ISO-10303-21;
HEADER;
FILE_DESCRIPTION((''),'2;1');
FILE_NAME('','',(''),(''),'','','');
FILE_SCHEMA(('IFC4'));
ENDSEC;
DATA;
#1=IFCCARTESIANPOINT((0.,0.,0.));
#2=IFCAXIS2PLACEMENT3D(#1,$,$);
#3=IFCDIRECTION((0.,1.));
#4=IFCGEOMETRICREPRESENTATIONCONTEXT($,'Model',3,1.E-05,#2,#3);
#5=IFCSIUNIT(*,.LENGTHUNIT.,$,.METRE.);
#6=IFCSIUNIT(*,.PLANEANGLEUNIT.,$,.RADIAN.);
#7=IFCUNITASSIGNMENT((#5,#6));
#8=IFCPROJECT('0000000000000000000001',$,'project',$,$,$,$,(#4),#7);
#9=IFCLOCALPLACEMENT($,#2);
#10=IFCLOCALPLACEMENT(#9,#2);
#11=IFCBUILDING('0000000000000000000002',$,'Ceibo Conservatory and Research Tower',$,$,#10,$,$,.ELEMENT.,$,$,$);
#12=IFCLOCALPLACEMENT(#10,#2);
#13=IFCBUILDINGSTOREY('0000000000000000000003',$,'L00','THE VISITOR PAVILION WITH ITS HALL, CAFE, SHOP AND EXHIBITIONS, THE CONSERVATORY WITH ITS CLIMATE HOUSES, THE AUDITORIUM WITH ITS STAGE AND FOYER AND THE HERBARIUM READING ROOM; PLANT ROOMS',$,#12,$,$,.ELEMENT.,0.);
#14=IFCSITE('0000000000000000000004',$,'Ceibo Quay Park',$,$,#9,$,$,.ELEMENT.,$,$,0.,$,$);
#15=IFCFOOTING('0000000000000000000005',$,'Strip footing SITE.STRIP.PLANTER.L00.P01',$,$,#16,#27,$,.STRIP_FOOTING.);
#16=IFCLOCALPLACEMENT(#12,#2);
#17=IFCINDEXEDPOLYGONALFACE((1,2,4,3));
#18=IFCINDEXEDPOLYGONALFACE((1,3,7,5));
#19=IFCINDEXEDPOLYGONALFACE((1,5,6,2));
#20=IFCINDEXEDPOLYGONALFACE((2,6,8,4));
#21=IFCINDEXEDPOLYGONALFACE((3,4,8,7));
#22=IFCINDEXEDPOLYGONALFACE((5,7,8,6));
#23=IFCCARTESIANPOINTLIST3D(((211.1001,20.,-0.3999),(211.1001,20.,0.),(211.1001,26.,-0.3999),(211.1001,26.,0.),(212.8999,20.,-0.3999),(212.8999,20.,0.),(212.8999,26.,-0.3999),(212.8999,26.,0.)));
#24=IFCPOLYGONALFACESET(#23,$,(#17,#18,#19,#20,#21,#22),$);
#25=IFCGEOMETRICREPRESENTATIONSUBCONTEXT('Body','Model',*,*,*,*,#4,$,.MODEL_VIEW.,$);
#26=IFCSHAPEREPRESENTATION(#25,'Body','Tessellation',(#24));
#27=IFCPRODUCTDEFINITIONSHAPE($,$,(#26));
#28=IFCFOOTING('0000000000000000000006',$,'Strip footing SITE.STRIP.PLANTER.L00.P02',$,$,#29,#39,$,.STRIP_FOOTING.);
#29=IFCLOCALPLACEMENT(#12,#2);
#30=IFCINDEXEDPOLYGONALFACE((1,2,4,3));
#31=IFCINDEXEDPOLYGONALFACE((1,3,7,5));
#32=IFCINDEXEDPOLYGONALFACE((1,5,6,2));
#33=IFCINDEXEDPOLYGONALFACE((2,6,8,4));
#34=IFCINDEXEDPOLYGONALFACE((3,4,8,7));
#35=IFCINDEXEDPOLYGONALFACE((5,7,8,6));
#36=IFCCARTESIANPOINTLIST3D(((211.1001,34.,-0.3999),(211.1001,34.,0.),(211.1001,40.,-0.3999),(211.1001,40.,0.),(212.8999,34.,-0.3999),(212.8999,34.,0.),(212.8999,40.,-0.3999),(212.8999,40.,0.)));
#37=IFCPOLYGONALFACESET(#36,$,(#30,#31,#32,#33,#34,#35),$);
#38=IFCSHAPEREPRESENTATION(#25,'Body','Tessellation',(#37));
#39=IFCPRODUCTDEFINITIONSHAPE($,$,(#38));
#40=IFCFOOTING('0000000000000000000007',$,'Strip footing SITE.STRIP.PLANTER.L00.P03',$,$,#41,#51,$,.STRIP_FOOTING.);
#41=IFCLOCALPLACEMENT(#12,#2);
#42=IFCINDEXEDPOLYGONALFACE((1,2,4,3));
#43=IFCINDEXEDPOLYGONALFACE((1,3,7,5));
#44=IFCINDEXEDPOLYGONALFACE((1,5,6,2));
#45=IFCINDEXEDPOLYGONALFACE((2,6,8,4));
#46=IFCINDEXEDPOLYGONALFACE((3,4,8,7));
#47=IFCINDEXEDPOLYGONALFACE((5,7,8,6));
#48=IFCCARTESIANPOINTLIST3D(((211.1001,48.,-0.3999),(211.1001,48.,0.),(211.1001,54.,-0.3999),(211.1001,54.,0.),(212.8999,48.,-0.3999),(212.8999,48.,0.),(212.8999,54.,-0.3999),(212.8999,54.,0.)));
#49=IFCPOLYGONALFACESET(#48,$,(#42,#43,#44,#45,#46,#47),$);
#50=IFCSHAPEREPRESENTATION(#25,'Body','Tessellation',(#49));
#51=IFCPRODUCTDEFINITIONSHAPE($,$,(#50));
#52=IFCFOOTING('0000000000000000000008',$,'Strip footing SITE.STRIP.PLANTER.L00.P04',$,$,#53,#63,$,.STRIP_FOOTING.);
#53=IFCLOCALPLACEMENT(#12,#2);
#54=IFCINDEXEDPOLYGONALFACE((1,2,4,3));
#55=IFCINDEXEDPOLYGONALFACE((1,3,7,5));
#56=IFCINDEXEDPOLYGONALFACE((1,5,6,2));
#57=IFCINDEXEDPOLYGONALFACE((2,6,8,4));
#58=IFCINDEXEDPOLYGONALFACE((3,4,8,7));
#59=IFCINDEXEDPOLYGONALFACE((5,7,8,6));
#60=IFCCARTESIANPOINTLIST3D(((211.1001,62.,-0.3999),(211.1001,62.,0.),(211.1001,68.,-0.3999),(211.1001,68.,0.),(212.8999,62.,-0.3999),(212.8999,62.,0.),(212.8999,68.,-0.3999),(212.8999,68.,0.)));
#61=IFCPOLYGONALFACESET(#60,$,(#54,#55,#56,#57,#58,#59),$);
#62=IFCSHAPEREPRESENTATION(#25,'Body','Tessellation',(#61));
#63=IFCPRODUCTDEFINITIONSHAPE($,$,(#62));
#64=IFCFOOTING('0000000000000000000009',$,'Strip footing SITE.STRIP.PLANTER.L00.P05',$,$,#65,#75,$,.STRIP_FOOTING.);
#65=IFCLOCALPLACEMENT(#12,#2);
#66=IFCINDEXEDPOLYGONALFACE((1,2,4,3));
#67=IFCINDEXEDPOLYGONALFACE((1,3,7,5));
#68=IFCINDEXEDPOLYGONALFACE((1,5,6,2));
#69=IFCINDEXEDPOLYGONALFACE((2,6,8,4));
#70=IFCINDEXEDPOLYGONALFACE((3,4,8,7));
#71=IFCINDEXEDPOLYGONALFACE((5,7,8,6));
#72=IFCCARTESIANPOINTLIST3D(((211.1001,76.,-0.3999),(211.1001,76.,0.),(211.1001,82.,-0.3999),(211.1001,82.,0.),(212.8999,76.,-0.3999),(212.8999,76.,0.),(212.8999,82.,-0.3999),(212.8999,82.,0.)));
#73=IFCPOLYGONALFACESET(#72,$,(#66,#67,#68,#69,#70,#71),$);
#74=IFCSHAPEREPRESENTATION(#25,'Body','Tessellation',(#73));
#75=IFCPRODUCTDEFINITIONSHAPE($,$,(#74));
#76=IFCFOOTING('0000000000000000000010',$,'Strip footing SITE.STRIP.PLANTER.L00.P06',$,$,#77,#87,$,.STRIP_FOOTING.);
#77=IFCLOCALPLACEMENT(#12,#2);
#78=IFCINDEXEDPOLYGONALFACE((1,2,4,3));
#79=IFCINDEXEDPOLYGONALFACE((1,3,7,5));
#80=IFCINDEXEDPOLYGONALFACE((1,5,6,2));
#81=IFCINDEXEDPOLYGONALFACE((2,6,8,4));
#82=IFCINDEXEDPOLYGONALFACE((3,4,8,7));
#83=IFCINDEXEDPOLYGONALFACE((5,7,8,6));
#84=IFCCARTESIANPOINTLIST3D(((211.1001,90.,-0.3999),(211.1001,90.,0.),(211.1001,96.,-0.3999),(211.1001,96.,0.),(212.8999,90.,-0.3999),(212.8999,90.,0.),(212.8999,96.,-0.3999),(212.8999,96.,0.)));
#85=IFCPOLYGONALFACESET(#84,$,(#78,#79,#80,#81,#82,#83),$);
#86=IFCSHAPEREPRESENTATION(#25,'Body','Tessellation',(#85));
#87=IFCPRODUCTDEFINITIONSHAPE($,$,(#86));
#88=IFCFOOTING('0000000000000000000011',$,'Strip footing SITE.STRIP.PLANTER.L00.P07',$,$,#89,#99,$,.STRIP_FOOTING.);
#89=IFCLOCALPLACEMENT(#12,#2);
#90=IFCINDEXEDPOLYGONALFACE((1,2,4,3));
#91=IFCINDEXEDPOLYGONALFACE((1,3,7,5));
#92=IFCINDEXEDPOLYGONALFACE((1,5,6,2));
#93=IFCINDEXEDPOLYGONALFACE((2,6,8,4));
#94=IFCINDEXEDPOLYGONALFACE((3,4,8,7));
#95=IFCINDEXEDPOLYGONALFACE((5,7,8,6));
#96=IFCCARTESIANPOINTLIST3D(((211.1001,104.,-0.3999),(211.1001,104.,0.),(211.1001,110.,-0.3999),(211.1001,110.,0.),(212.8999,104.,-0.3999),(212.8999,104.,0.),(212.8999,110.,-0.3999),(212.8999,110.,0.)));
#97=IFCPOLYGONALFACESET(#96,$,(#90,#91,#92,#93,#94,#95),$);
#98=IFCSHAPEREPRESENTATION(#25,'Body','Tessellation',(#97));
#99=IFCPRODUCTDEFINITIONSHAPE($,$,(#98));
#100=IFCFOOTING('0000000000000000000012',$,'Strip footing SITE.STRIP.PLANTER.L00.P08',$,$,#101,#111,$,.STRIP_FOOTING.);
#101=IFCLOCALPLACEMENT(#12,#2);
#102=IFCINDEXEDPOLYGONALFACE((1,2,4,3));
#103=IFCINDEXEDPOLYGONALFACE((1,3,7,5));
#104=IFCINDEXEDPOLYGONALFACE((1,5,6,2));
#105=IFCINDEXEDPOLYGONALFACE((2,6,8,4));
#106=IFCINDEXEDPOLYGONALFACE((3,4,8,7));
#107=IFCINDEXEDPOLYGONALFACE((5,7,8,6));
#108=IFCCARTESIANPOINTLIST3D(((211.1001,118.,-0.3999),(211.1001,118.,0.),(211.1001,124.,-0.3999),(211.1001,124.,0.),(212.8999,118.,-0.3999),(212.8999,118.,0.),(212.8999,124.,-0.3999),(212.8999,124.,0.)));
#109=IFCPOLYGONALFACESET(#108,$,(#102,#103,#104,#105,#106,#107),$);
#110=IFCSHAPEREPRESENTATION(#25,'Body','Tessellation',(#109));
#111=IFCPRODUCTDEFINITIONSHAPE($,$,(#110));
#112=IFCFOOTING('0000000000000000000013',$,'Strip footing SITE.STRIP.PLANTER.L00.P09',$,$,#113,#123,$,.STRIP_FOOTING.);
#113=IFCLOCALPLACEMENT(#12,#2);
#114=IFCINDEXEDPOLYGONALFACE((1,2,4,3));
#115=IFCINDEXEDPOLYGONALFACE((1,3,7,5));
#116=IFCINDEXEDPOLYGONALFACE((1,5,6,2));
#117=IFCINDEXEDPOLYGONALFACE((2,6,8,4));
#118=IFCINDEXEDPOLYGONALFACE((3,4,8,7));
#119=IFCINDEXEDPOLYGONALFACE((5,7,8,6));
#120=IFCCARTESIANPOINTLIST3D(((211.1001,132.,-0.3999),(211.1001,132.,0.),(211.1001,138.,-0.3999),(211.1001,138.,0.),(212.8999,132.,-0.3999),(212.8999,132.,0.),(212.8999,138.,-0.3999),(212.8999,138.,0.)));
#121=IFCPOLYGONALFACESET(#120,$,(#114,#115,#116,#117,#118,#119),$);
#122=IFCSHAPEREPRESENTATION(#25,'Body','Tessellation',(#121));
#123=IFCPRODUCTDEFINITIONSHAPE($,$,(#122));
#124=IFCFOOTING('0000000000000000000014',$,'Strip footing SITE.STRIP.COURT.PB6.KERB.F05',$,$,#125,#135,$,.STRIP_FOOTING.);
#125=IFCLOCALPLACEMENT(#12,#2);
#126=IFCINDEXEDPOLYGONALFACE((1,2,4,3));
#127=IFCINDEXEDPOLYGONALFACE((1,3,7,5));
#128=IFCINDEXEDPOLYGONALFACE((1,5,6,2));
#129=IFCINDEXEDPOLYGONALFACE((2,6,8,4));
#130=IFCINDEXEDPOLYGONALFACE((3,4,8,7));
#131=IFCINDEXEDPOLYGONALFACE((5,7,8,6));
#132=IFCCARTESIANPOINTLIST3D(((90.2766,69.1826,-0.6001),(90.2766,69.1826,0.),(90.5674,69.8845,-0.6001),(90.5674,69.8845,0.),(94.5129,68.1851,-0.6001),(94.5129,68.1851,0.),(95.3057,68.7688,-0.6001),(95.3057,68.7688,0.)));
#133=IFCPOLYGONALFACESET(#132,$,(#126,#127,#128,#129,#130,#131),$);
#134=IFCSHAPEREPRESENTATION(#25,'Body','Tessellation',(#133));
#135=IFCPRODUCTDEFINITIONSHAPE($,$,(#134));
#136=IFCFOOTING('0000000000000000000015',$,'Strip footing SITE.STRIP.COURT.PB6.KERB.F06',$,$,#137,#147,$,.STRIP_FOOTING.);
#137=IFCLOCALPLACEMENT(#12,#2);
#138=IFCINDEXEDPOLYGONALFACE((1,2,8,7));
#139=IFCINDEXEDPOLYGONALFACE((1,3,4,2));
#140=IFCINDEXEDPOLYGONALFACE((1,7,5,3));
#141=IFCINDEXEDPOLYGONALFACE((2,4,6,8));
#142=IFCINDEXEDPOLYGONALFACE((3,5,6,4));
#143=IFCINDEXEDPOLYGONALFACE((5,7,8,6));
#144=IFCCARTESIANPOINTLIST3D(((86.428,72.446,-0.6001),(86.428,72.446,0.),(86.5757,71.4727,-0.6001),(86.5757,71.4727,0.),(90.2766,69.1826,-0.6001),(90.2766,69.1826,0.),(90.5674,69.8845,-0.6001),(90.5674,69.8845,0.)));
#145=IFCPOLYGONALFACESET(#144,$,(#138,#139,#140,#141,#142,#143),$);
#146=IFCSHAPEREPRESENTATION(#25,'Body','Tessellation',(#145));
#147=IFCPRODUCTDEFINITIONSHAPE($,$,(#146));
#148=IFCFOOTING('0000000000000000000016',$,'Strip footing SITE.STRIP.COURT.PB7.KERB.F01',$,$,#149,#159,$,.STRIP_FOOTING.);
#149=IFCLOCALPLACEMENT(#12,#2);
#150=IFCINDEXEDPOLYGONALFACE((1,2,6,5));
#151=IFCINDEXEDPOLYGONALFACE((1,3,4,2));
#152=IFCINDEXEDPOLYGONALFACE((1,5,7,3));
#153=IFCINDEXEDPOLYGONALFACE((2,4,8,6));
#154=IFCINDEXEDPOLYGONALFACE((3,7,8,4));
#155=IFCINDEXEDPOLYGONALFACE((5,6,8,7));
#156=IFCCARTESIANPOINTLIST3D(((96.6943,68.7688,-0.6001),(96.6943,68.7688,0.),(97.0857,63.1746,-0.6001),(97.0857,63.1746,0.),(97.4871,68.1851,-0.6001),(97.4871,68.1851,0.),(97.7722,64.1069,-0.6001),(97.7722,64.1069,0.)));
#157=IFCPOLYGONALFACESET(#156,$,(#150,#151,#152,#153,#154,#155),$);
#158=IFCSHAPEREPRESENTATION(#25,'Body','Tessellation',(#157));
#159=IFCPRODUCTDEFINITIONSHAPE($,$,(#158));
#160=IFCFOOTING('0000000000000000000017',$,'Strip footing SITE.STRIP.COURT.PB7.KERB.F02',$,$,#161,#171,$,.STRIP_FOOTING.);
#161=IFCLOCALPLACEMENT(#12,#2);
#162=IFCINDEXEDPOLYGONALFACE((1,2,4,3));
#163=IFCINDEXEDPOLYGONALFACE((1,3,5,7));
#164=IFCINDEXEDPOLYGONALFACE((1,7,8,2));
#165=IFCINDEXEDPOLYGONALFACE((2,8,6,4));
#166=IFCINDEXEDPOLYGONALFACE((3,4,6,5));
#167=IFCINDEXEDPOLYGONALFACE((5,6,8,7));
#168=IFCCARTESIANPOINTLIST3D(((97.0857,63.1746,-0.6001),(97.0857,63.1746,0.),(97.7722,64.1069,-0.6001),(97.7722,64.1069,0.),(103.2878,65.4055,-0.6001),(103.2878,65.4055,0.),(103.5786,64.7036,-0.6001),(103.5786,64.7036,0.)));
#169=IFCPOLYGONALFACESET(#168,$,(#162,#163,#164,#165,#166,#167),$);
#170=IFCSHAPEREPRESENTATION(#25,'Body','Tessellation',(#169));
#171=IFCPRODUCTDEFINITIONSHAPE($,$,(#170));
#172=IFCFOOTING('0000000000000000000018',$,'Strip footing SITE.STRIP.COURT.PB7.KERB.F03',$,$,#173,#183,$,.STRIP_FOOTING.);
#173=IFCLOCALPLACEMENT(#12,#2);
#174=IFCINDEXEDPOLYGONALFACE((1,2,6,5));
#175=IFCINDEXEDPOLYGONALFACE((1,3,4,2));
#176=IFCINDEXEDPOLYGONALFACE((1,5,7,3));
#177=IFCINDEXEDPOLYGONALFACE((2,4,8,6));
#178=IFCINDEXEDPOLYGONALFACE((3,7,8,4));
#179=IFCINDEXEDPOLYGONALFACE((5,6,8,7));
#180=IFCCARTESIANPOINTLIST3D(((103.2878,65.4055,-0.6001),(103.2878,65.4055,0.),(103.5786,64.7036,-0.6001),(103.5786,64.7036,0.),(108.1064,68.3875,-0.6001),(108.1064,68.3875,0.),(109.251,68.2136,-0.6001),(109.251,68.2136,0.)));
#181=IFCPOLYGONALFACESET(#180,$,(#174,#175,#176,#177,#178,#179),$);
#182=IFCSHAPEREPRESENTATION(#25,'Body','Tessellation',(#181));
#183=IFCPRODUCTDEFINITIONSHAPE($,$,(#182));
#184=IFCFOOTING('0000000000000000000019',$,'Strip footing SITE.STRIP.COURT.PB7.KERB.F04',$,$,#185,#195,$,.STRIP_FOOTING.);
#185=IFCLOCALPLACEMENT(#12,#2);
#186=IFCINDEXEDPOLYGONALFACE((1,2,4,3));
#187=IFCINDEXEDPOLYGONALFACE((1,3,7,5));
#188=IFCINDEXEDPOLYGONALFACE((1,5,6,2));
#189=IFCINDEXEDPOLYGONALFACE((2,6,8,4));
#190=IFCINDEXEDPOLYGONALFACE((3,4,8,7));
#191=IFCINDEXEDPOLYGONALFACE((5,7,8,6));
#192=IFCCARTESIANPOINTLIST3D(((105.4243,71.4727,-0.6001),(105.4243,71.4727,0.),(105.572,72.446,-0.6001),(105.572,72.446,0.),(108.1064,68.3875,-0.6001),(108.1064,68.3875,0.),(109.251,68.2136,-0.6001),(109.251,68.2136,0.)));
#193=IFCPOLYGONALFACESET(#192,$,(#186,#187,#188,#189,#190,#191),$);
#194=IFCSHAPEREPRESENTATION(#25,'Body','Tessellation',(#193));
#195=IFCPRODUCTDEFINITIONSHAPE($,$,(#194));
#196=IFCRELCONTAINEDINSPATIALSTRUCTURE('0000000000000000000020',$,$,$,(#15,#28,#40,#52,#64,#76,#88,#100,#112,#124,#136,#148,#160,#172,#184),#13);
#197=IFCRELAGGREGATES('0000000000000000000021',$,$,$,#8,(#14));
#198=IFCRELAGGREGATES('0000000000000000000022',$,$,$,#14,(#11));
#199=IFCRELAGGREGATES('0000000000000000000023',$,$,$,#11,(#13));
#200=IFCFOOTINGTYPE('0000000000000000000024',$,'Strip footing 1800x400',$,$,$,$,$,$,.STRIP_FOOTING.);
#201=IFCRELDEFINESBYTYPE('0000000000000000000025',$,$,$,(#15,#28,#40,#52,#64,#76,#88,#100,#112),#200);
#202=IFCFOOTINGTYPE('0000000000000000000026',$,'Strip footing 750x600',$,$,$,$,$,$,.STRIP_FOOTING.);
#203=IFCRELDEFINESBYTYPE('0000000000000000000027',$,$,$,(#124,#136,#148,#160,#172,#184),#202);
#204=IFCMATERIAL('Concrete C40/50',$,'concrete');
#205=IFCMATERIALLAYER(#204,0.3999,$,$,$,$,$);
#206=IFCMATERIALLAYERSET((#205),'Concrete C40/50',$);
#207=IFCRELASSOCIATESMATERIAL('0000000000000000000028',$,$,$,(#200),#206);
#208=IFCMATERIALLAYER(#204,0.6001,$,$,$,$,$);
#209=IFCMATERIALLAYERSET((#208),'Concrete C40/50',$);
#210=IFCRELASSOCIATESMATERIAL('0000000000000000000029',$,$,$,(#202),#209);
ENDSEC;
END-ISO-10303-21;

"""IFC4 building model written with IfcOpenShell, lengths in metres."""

from ifc_helpers import new_model, si_unit, direction, frame, origin, place, context, subcontext, project, spatial, polyline, outline, extrude, material, layer, layer_set, type_object, element, save


model = new_model("IFC4")

# Units and contexts
model_context = context("Model", 3, precision=1e-05, world=origin(), true_north=direction((0.0, 1.0)))
body_context = subcontext(model_context, "Body", "Model", "MODEL_VIEW")
ifc_project = project(units=[si_unit("LENGTHUNIT", "METRE"), si_unit("PLANEANGLEUNIT", "RADIAN")], contexts=[model_context])

# Site, building, storey
site_placement = place(None, origin())
site = spatial("IfcSite", under=ifc_project, at=site_placement, Name="Ceibo Quay Park", CompositionType="ELEMENT", RefElevation=0.0)
building_placement = place(site_placement, origin())
building = spatial("IfcBuilding", under=site, at=building_placement, Name="Ceibo Conservatory and Research Tower", CompositionType="ELEMENT")
storey_placement = place(building_placement, origin())
storey = spatial("IfcBuildingStorey", under=building, at=storey_placement, Name="L00", Description="THE VISITOR PAVILION WITH ITS HALL, CAFE, SHOP AND EXHIBITIONS, THE CONSERVATORY WITH ITS CLIMATE HOUSES, THE AUDITORIUM WITH ITS STAGE AND FOYER AND THE HERBARIUM READING ROOM; PLANT ROOMS", CompositionType="ELEMENT", Elevation=0.0)

# Footings
ifc_material_1 = material(Name="Concrete C40/50", Category="concrete")
ifc_layer_1 = layer(ifc_material_1, 0.3999)
ifc_layer_set_1 = layer_set([ifc_layer_1], Name="Concrete C40/50")
footing_type_1 = type_object("IfcFootingType", Name="Strip footing 1800x400", PredefinedType="STRIP_FOOTING", material=ifc_layer_set_1)
footing_1_placement = place(storey_placement, frame((0.0, 0.0, -0.3999)))
element("IfcFooting", 1, at=footing_1_placement, inside=storey, type_object=footing_type_1, Name="Strip footing SITE.STRIP.PLANTER.L00.P01", PredefinedType="STRIP_FOOTING", context=body_context, shape_type="SweptSolid", body=[
    extrude(outline(polyline([(212.8999, 20.0), (212.8999, 26.0), (211.1001, 26.0), (211.1001, 20.0), (212.8999, 20.0)])), origin(), (0.0, 0.0, 1.0), 0.3999),
])
footing_2_placement = place(storey_placement, frame((0.0, 0.0, -0.3999)))
element("IfcFooting", 2, at=footing_2_placement, inside=storey, type_object=footing_type_1, Name="Strip footing SITE.STRIP.PLANTER.L00.P02", PredefinedType="STRIP_FOOTING", context=body_context, shape_type="SweptSolid", body=[
    extrude(outline(polyline([(212.8999, 34.0), (212.8999, 40.0), (211.1001, 40.0), (211.1001, 34.0), (212.8999, 34.0)])), origin(), (0.0, 0.0, 1.0), 0.3999),
])
footing_3_placement = place(storey_placement, frame((0.0, 0.0, -0.3999)))
element("IfcFooting", 3, at=footing_3_placement, inside=storey, type_object=footing_type_1, Name="Strip footing SITE.STRIP.PLANTER.L00.P03", PredefinedType="STRIP_FOOTING", context=body_context, shape_type="SweptSolid", body=[
    extrude(outline(polyline([(212.8999, 48.0), (212.8999, 54.0), (211.1001, 54.0), (211.1001, 48.0), (212.8999, 48.0)])), origin(), (0.0, 0.0, 1.0), 0.3999),
])
footing_4_placement = place(storey_placement, frame((0.0, 0.0, -0.3999)))
element("IfcFooting", 4, at=footing_4_placement, inside=storey, type_object=footing_type_1, Name="Strip footing SITE.STRIP.PLANTER.L00.P04", PredefinedType="STRIP_FOOTING", context=body_context, shape_type="SweptSolid", body=[
    extrude(outline(polyline([(212.8999, 62.0), (212.8999, 68.0), (211.1001, 68.0), (211.1001, 62.0), (212.8999, 62.0)])), origin(), (0.0, 0.0, 1.0), 0.3999),
])
footing_5_placement = place(storey_placement, frame((0.0, 0.0, -0.3999)))
element("IfcFooting", 5, at=footing_5_placement, inside=storey, type_object=footing_type_1, Name="Strip footing SITE.STRIP.PLANTER.L00.P05", PredefinedType="STRIP_FOOTING", context=body_context, shape_type="SweptSolid", body=[
    extrude(outline(polyline([(212.8999, 76.0), (212.8999, 82.0), (211.1001, 82.0), (211.1001, 76.0), (212.8999, 76.0)])), origin(), (0.0, 0.0, 1.0), 0.3999),
])
footing_6_placement = place(storey_placement, frame((0.0, 0.0, -0.3999)))
element("IfcFooting", 6, at=footing_6_placement, inside=storey, type_object=footing_type_1, Name="Strip footing SITE.STRIP.PLANTER.L00.P06", PredefinedType="STRIP_FOOTING", context=body_context, shape_type="SweptSolid", body=[
    extrude(outline(polyline([(212.8999, 90.0), (212.8999, 96.0), (211.1001, 96.0), (211.1001, 90.0), (212.8999, 90.0)])), origin(), (0.0, 0.0, 1.0), 0.3999),
])
footing_7_placement = place(storey_placement, frame((0.0, 0.0, -0.3999)))
element("IfcFooting", 7, at=footing_7_placement, inside=storey, type_object=footing_type_1, Name="Strip footing SITE.STRIP.PLANTER.L00.P07", PredefinedType="STRIP_FOOTING", context=body_context, shape_type="SweptSolid", body=[
    extrude(outline(polyline([(212.8999, 104.0), (212.8999, 110.0), (211.1001, 110.0), (211.1001, 104.0), (212.8999, 104.0)])), origin(), (0.0, 0.0, 1.0), 0.3999),
])
footing_8_placement = place(storey_placement, frame((0.0, 0.0, -0.3999)))
element("IfcFooting", 8, at=footing_8_placement, inside=storey, type_object=footing_type_1, Name="Strip footing SITE.STRIP.PLANTER.L00.P08", PredefinedType="STRIP_FOOTING", context=body_context, shape_type="SweptSolid", body=[
    extrude(outline(polyline([(212.8999, 118.0), (212.8999, 124.0), (211.1001, 124.0), (211.1001, 118.0), (212.8999, 118.0)])), origin(), (0.0, 0.0, 1.0), 0.3999),
])
footing_9_placement = place(storey_placement, frame((0.0, 0.0, -0.3999)))
element("IfcFooting", 9, at=footing_9_placement, inside=storey, type_object=footing_type_1, Name="Strip footing SITE.STRIP.PLANTER.L00.P09", PredefinedType="STRIP_FOOTING", context=body_context, shape_type="SweptSolid", body=[
    extrude(outline(polyline([(212.8999, 132.0), (212.8999, 138.0), (211.1001, 138.0), (211.1001, 132.0), (212.8999, 132.0)])), origin(), (0.0, 0.0, 1.0), 0.3999),
])
ifc_layer_2 = layer(ifc_material_1, 0.6001)
ifc_layer_set_2 = layer_set([ifc_layer_2], Name="Concrete C40/50")
footing_type_2 = type_object("IfcFootingType", Name="Strip footing 750x600", PredefinedType="STRIP_FOOTING", material=ifc_layer_set_2)
footing_10_placement = place(storey_placement, frame((0.0, 0.0, -0.6001)))
element("IfcFooting", 10, at=footing_10_placement, inside=storey, type_object=footing_type_2, Name="Strip footing SITE.STRIP.COURT.PB6.KERB.F05", PredefinedType="STRIP_FOOTING", context=body_context, shape_type="SweptSolid", body=[
    extrude(outline(polyline([(95.3057, 68.7688), (90.5674, 69.8845), (90.2766, 69.1826), (94.5129, 68.1851), (95.3057, 68.7688)])), origin(), (0.0, 0.0, 1.0), 0.6001),
])
footing_11_placement = place(storey_placement, frame((0.0, 0.0, -0.6001)))
element("IfcFooting", 11, at=footing_11_placement, inside=storey, type_object=footing_type_2, Name="Strip footing SITE.STRIP.COURT.PB6.KERB.F06", PredefinedType="STRIP_FOOTING", context=body_context, shape_type="SweptSolid", body=[
    extrude(outline(polyline([(90.5674, 69.8845), (86.428, 72.446), (86.5757, 71.4727), (90.2766, 69.1826), (90.5674, 69.8845)])), origin(), (0.0, 0.0, 1.0), 0.6001),
])
footing_12_placement = place(storey_placement, frame((0.0, 0.0, -0.6001)))
element("IfcFooting", 12, at=footing_12_placement, inside=storey, type_object=footing_type_2, Name="Strip footing SITE.STRIP.COURT.PB7.KERB.F01", PredefinedType="STRIP_FOOTING", context=body_context, shape_type="SweptSolid", body=[
    extrude(outline(polyline([(96.6943, 68.7688), (97.0857, 63.1746), (97.7722, 64.1069), (97.4871, 68.1851), (96.6943, 68.7688)])), origin(), (0.0, 0.0, 1.0), 0.6001),
])
footing_13_placement = place(storey_placement, frame((0.0, 0.0, -0.6001)))
element("IfcFooting", 13, at=footing_13_placement, inside=storey, type_object=footing_type_2, Name="Strip footing SITE.STRIP.COURT.PB7.KERB.F02", PredefinedType="STRIP_FOOTING", context=body_context, shape_type="SweptSolid", body=[
    extrude(outline(polyline([(97.0857, 63.1746), (103.5786, 64.7036), (103.2878, 65.4055), (97.7722, 64.1069), (97.0857, 63.1746)])), origin(), (0.0, 0.0, 1.0), 0.6001),
])
footing_14_placement = place(storey_placement, frame((0.0, 0.0, -0.6001)))
element("IfcFooting", 14, at=footing_14_placement, inside=storey, type_object=footing_type_2, Name="Strip footing SITE.STRIP.COURT.PB7.KERB.F03", PredefinedType="STRIP_FOOTING", context=body_context, shape_type="SweptSolid", body=[
    extrude(outline(polyline([(103.5786, 64.7036), (109.251, 68.2136), (108.1064, 68.3875), (103.2878, 65.4055), (103.5786, 64.7036)])), origin(), (0.0, 0.0, 1.0), 0.6001),
])
footing_15_placement = place(storey_placement, frame((0.0, 0.0, -0.6001)))
element("IfcFooting", 15, at=footing_15_placement, inside=storey, type_object=footing_type_2, Name="Strip footing SITE.STRIP.COURT.PB7.KERB.F04", PredefinedType="STRIP_FOOTING", context=body_context, shape_type="SweptSolid", body=[
    extrude(outline(polyline([(109.251, 68.2136), (105.572, 72.446), (105.4243, 71.4727), (108.1064, 68.3875), (109.251, 68.2136)])), origin(), (0.0, 0.0, 1.0), 0.6001),
])

save(model, "model.ifc")
